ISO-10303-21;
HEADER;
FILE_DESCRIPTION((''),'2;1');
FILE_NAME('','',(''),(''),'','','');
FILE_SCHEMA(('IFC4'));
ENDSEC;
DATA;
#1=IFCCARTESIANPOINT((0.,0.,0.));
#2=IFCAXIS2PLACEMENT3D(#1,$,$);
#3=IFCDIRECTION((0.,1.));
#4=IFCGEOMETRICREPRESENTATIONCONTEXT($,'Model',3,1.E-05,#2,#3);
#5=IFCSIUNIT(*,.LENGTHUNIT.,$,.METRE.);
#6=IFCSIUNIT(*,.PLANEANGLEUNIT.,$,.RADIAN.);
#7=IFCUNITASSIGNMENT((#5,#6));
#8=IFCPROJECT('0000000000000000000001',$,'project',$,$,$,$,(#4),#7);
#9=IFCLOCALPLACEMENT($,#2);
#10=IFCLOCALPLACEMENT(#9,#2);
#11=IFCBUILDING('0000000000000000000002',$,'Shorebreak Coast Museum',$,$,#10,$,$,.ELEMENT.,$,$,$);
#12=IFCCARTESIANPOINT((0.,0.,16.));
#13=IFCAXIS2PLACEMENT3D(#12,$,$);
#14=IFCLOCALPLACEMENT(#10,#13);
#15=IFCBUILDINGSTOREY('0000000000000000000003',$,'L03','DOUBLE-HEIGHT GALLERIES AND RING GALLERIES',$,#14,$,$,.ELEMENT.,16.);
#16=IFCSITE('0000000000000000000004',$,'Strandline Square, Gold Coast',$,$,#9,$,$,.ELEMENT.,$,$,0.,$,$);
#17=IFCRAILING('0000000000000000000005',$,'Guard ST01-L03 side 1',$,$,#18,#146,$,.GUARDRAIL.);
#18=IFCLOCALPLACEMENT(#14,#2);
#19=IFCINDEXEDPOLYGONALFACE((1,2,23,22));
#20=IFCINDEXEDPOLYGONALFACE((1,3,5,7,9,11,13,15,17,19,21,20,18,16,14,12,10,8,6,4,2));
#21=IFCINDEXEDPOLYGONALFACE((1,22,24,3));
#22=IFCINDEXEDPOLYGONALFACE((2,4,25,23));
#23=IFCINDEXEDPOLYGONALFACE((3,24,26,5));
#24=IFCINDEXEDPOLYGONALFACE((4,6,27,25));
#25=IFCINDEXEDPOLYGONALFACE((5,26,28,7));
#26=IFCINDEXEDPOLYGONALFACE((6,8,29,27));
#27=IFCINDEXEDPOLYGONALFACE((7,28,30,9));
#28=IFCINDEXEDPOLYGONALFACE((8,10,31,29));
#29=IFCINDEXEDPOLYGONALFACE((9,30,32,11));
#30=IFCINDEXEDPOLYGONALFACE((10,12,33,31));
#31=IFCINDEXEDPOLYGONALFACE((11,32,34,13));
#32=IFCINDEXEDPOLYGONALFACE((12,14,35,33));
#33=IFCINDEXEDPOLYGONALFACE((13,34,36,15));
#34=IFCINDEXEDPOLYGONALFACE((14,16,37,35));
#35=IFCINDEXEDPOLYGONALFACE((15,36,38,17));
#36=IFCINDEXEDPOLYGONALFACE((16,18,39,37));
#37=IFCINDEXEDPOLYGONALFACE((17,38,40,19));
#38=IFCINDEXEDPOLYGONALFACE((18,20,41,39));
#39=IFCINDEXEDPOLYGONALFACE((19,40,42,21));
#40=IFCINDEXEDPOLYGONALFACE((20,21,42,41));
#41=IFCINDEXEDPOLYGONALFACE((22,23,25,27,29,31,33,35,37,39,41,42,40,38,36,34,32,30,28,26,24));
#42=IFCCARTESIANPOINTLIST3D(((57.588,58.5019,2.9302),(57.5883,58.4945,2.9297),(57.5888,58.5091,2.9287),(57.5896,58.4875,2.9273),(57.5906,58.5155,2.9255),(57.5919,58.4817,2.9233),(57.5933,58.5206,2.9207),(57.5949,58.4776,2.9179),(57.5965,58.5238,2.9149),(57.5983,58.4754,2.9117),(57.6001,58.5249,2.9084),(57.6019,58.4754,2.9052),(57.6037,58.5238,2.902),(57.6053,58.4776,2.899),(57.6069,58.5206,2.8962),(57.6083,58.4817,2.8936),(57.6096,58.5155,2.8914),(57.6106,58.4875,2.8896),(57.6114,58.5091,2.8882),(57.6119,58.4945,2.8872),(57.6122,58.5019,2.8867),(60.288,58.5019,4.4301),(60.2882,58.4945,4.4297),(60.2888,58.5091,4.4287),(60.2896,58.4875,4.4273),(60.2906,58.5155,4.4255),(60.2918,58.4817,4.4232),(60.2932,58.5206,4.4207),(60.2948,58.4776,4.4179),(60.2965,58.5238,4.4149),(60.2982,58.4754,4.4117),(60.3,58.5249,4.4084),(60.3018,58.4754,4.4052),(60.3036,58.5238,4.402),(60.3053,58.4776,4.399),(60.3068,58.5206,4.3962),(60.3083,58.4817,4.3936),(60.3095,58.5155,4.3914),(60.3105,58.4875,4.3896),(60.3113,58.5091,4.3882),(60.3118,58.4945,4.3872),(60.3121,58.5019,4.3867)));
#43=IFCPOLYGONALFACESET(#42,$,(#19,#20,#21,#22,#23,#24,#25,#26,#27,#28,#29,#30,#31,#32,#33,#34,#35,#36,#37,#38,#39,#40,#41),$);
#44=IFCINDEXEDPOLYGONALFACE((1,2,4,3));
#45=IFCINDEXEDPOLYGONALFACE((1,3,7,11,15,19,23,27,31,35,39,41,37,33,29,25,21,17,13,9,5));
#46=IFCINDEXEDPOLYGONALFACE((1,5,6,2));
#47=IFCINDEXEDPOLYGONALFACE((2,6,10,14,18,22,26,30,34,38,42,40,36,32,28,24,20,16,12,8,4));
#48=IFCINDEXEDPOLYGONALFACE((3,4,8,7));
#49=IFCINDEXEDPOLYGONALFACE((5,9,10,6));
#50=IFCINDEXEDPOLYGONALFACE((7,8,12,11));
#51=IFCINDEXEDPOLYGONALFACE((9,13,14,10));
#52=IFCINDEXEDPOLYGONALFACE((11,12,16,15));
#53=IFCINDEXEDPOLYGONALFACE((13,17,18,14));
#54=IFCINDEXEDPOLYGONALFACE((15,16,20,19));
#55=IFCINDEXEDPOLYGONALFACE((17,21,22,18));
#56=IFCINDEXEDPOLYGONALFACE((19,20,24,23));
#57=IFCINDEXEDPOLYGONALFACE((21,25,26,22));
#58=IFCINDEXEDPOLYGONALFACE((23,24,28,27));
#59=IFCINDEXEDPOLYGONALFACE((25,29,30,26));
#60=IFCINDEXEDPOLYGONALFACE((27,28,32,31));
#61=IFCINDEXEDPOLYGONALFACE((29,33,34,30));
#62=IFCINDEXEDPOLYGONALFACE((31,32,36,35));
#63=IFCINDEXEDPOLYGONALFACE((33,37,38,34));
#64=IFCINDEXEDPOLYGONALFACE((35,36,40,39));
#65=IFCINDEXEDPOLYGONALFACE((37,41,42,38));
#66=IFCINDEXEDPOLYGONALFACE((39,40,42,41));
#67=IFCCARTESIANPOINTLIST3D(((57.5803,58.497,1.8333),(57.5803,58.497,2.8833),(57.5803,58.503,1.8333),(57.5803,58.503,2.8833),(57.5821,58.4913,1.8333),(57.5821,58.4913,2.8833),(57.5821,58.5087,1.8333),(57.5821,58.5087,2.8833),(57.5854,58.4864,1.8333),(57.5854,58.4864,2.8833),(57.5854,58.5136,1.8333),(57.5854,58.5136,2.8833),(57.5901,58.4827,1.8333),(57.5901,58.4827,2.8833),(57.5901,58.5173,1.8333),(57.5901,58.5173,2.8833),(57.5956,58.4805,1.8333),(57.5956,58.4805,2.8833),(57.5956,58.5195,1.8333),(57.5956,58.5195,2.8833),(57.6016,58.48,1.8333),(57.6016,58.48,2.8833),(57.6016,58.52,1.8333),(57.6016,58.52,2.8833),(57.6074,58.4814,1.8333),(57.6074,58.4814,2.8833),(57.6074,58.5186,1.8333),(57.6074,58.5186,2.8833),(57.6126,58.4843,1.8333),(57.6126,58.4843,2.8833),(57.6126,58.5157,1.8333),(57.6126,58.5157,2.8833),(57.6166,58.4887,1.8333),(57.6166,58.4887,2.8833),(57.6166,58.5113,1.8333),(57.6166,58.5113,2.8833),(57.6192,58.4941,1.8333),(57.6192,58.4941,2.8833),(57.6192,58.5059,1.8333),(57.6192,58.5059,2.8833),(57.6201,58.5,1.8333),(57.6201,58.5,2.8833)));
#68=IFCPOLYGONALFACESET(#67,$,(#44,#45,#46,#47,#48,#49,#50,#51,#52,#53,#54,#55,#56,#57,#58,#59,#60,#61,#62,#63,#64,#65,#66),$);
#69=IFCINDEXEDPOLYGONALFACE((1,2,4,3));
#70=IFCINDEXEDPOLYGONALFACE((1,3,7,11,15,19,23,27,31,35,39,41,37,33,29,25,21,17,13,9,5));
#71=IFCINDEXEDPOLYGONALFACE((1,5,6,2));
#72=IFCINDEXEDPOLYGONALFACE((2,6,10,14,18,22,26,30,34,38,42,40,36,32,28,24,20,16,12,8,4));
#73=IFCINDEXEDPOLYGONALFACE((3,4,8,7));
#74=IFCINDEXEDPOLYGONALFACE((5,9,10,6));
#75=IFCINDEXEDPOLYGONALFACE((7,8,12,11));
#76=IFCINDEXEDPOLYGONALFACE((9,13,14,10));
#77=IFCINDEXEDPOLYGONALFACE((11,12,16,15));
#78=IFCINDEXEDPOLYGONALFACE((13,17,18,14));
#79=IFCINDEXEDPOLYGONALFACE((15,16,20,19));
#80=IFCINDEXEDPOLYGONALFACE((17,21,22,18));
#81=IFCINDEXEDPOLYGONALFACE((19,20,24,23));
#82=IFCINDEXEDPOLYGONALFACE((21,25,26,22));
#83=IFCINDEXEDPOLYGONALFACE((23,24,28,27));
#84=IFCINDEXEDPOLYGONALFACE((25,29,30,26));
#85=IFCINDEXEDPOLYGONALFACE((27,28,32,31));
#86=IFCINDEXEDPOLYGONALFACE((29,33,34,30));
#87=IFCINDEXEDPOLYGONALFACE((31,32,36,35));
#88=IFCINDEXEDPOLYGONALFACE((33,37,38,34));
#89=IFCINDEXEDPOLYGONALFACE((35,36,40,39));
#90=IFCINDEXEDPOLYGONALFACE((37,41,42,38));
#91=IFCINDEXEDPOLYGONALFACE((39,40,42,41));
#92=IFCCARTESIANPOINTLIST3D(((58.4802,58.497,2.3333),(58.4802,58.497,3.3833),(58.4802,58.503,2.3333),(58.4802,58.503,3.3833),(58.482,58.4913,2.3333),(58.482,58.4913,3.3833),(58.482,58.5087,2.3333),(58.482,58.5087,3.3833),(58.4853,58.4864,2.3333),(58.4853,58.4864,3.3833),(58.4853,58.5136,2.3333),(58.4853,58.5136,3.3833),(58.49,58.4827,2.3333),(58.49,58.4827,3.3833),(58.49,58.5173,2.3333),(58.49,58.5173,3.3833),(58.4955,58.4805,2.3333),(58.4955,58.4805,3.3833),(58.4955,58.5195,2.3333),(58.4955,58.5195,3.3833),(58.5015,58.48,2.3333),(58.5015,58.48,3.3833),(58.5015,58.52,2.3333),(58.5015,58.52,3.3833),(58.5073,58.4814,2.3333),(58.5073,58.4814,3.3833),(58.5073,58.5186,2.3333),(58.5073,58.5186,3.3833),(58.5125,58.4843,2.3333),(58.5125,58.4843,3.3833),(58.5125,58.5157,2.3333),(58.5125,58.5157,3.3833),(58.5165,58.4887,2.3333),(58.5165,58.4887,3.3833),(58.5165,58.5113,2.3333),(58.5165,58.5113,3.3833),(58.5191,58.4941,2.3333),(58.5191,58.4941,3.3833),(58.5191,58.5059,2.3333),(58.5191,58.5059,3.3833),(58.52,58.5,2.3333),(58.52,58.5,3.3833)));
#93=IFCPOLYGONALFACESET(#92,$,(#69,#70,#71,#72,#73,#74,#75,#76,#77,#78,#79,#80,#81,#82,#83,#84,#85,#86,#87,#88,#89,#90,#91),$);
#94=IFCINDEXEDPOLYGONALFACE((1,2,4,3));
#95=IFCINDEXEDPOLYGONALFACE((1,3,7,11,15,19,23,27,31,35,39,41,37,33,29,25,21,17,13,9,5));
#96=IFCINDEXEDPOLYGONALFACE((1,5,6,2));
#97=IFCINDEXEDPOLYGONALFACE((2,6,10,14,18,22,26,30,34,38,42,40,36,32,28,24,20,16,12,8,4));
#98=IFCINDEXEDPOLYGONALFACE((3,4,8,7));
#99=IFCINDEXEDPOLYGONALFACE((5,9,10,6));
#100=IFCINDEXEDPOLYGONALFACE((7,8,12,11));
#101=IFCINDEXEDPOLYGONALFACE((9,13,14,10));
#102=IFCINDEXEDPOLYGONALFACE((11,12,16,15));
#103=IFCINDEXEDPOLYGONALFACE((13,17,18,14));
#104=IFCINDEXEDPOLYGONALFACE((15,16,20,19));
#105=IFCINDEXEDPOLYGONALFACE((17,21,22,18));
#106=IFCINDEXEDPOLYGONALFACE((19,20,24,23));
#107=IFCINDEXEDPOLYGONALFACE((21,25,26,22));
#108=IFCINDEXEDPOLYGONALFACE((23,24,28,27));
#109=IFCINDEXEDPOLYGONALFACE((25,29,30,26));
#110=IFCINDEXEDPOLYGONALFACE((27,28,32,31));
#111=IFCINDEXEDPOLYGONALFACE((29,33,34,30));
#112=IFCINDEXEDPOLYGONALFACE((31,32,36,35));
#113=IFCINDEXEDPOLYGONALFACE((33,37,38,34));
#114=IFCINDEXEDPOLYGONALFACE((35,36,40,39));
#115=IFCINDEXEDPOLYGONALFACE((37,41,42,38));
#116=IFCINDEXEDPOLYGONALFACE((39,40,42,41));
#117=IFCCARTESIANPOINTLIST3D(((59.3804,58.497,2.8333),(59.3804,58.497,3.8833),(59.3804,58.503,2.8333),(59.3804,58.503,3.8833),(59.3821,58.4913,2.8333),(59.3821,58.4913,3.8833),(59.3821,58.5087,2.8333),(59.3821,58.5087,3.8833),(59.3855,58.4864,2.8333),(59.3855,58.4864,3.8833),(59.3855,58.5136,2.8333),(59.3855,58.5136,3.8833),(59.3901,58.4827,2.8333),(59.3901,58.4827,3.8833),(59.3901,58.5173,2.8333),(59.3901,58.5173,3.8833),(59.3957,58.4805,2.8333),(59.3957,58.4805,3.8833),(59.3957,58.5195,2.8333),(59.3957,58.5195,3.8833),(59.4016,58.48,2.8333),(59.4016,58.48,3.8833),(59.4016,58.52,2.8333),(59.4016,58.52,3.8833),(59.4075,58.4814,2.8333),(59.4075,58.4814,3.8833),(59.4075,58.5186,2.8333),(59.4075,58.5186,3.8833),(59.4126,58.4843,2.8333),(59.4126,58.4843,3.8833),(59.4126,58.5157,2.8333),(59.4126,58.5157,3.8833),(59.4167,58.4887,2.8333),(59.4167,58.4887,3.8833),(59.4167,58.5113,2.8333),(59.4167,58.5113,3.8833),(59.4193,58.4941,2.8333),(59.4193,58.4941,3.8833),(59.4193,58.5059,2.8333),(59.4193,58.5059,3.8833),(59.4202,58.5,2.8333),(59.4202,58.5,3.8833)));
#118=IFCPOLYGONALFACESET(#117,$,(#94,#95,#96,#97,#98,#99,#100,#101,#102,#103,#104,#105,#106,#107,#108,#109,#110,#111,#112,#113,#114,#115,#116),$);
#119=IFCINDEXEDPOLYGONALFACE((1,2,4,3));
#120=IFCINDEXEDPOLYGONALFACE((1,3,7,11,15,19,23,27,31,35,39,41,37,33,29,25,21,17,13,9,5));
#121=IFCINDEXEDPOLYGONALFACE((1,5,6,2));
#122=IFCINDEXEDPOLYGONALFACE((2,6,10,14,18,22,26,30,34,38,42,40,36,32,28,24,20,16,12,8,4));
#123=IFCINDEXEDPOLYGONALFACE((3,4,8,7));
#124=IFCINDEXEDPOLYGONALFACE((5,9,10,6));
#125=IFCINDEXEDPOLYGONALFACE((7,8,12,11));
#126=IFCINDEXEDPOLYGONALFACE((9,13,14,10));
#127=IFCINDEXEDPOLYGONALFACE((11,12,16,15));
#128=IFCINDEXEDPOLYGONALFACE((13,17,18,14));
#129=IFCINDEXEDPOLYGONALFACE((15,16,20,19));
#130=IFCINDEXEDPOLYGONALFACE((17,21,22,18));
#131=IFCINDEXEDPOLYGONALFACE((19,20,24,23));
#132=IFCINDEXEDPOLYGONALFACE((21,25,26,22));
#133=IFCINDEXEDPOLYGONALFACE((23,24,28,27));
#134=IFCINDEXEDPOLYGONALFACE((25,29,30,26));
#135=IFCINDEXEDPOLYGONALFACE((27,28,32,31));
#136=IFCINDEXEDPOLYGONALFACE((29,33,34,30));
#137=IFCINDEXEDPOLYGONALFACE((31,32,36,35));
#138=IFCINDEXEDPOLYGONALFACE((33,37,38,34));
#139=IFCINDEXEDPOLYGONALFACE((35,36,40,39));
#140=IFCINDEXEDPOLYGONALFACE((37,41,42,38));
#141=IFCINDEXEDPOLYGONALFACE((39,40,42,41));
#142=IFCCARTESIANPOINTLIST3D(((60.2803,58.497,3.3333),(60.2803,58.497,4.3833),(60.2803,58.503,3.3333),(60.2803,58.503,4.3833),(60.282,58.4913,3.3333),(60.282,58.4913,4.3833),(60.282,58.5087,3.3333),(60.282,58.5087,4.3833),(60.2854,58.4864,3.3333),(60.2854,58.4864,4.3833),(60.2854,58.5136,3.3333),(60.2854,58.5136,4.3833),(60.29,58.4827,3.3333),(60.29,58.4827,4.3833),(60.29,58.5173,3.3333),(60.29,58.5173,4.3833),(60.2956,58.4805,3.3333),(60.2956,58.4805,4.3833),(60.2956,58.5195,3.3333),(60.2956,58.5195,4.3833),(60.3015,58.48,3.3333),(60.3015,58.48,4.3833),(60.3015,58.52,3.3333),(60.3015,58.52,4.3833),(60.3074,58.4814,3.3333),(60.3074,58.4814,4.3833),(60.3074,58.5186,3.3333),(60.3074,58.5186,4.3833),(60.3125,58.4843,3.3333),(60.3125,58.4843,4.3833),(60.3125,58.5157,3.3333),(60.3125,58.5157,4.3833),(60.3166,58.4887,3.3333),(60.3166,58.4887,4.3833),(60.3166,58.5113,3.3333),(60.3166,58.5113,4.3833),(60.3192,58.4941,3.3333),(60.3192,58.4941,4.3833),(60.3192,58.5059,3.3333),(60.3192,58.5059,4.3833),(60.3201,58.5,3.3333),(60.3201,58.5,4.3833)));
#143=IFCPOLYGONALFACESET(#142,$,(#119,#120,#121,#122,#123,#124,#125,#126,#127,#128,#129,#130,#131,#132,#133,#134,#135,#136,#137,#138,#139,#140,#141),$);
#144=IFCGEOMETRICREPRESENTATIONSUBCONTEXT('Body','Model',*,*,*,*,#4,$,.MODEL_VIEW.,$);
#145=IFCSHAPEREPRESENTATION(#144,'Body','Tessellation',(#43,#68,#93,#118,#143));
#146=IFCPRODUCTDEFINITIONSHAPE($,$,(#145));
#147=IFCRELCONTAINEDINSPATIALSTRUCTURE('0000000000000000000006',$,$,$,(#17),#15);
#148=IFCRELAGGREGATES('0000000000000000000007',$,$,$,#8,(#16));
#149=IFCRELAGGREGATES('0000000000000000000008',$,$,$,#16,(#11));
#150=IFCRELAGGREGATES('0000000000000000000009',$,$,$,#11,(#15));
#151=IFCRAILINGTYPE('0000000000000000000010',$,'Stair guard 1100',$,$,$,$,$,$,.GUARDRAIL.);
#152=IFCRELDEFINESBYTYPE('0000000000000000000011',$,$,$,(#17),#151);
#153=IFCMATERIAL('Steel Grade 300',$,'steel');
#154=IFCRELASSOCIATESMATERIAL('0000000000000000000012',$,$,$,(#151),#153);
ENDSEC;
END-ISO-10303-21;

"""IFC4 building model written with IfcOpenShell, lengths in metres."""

from ifc_helpers import new_model, si_unit, direction, frame, origin, origin_2d, place, context, subcontext, project, spatial, circle, extrude, material, type_object, element, save


model = new_model("IFC4")

# Units and contexts
model_context = context("Model", 3, precision=1e-05, world=origin(), true_north=direction((0.0, 1.0)))
body_context = subcontext(model_context, "Body", "Model", "MODEL_VIEW")
ifc_project = project(units=[si_unit("LENGTHUNIT", "METRE"), si_unit("PLANEANGLEUNIT", "RADIAN")], contexts=[model_context])

# Site, building, storey
site_placement = place(None, origin())
site = spatial("IfcSite", under=ifc_project, at=site_placement, Name="Strandline Square, Gold Coast", CompositionType="ELEMENT", RefElevation=0.0)
building_placement = place(site_placement, origin())
building = spatial("IfcBuilding", under=site, at=building_placement, Name="Shorebreak Coast Museum", CompositionType="ELEMENT")
storey_placement = place(building_placement, frame((0.0, 0.0, 16.0)))
storey = spatial("IfcBuildingStorey", under=building, at=storey_placement, Name="L03", Description="DOUBLE-HEIGHT GALLERIES AND RING GALLERIES", CompositionType="ELEMENT", Elevation=16.0)

# Railing
ifc_material_1 = material(Name="Steel Grade 300", Category="steel")
railing_type_1 = type_object("IfcRailingType", Name="Stair guard 1100", PredefinedType="GUARDRAIL", material=ifc_material_1)
for number, where, name in (
    (1, (57.6001, 58.5, 1.8333), "Guard ST01-L03 side 1"),
):
    element("IfcRailing", number, at=place(storey_placement, frame(where)), inside=storey, type_object=railing_type_1, Name=name, PredefinedType="GUARDRAIL", context=body_context, shape_type="SweptSolid", body=[
        extrude(circle(Radius=0.0249, at=origin_2d()), frame((0.0, 0.0, 1.0752), z_axis=(0.874154, 0.0, 0.48565), x_axis=(0.0, 1.0, 0.0)), (0.0, 0.0, 1.0), 3.0886),
        extrude(circle(Radius=0.02, at=origin_2d()), origin(), (0.0, 0.0, 1.0), 1.05),
        extrude(circle(Radius=0.02, at=origin_2d()), frame((0.8999, 0.0, 0.5)), (0.0, 0.0, 1.0), 1.05),
        extrude(circle(Radius=0.02, at=origin_2d()), frame((1.8, 0.0, 1.0)), (0.0, 0.0, 1.0), 1.05),
        extrude(circle(Radius=0.02, at=origin_2d()), frame((2.7, 0.0, 1.5)), (0.0, 0.0, 1.0), 1.05),
    ])

save(model, "model.ifc")
